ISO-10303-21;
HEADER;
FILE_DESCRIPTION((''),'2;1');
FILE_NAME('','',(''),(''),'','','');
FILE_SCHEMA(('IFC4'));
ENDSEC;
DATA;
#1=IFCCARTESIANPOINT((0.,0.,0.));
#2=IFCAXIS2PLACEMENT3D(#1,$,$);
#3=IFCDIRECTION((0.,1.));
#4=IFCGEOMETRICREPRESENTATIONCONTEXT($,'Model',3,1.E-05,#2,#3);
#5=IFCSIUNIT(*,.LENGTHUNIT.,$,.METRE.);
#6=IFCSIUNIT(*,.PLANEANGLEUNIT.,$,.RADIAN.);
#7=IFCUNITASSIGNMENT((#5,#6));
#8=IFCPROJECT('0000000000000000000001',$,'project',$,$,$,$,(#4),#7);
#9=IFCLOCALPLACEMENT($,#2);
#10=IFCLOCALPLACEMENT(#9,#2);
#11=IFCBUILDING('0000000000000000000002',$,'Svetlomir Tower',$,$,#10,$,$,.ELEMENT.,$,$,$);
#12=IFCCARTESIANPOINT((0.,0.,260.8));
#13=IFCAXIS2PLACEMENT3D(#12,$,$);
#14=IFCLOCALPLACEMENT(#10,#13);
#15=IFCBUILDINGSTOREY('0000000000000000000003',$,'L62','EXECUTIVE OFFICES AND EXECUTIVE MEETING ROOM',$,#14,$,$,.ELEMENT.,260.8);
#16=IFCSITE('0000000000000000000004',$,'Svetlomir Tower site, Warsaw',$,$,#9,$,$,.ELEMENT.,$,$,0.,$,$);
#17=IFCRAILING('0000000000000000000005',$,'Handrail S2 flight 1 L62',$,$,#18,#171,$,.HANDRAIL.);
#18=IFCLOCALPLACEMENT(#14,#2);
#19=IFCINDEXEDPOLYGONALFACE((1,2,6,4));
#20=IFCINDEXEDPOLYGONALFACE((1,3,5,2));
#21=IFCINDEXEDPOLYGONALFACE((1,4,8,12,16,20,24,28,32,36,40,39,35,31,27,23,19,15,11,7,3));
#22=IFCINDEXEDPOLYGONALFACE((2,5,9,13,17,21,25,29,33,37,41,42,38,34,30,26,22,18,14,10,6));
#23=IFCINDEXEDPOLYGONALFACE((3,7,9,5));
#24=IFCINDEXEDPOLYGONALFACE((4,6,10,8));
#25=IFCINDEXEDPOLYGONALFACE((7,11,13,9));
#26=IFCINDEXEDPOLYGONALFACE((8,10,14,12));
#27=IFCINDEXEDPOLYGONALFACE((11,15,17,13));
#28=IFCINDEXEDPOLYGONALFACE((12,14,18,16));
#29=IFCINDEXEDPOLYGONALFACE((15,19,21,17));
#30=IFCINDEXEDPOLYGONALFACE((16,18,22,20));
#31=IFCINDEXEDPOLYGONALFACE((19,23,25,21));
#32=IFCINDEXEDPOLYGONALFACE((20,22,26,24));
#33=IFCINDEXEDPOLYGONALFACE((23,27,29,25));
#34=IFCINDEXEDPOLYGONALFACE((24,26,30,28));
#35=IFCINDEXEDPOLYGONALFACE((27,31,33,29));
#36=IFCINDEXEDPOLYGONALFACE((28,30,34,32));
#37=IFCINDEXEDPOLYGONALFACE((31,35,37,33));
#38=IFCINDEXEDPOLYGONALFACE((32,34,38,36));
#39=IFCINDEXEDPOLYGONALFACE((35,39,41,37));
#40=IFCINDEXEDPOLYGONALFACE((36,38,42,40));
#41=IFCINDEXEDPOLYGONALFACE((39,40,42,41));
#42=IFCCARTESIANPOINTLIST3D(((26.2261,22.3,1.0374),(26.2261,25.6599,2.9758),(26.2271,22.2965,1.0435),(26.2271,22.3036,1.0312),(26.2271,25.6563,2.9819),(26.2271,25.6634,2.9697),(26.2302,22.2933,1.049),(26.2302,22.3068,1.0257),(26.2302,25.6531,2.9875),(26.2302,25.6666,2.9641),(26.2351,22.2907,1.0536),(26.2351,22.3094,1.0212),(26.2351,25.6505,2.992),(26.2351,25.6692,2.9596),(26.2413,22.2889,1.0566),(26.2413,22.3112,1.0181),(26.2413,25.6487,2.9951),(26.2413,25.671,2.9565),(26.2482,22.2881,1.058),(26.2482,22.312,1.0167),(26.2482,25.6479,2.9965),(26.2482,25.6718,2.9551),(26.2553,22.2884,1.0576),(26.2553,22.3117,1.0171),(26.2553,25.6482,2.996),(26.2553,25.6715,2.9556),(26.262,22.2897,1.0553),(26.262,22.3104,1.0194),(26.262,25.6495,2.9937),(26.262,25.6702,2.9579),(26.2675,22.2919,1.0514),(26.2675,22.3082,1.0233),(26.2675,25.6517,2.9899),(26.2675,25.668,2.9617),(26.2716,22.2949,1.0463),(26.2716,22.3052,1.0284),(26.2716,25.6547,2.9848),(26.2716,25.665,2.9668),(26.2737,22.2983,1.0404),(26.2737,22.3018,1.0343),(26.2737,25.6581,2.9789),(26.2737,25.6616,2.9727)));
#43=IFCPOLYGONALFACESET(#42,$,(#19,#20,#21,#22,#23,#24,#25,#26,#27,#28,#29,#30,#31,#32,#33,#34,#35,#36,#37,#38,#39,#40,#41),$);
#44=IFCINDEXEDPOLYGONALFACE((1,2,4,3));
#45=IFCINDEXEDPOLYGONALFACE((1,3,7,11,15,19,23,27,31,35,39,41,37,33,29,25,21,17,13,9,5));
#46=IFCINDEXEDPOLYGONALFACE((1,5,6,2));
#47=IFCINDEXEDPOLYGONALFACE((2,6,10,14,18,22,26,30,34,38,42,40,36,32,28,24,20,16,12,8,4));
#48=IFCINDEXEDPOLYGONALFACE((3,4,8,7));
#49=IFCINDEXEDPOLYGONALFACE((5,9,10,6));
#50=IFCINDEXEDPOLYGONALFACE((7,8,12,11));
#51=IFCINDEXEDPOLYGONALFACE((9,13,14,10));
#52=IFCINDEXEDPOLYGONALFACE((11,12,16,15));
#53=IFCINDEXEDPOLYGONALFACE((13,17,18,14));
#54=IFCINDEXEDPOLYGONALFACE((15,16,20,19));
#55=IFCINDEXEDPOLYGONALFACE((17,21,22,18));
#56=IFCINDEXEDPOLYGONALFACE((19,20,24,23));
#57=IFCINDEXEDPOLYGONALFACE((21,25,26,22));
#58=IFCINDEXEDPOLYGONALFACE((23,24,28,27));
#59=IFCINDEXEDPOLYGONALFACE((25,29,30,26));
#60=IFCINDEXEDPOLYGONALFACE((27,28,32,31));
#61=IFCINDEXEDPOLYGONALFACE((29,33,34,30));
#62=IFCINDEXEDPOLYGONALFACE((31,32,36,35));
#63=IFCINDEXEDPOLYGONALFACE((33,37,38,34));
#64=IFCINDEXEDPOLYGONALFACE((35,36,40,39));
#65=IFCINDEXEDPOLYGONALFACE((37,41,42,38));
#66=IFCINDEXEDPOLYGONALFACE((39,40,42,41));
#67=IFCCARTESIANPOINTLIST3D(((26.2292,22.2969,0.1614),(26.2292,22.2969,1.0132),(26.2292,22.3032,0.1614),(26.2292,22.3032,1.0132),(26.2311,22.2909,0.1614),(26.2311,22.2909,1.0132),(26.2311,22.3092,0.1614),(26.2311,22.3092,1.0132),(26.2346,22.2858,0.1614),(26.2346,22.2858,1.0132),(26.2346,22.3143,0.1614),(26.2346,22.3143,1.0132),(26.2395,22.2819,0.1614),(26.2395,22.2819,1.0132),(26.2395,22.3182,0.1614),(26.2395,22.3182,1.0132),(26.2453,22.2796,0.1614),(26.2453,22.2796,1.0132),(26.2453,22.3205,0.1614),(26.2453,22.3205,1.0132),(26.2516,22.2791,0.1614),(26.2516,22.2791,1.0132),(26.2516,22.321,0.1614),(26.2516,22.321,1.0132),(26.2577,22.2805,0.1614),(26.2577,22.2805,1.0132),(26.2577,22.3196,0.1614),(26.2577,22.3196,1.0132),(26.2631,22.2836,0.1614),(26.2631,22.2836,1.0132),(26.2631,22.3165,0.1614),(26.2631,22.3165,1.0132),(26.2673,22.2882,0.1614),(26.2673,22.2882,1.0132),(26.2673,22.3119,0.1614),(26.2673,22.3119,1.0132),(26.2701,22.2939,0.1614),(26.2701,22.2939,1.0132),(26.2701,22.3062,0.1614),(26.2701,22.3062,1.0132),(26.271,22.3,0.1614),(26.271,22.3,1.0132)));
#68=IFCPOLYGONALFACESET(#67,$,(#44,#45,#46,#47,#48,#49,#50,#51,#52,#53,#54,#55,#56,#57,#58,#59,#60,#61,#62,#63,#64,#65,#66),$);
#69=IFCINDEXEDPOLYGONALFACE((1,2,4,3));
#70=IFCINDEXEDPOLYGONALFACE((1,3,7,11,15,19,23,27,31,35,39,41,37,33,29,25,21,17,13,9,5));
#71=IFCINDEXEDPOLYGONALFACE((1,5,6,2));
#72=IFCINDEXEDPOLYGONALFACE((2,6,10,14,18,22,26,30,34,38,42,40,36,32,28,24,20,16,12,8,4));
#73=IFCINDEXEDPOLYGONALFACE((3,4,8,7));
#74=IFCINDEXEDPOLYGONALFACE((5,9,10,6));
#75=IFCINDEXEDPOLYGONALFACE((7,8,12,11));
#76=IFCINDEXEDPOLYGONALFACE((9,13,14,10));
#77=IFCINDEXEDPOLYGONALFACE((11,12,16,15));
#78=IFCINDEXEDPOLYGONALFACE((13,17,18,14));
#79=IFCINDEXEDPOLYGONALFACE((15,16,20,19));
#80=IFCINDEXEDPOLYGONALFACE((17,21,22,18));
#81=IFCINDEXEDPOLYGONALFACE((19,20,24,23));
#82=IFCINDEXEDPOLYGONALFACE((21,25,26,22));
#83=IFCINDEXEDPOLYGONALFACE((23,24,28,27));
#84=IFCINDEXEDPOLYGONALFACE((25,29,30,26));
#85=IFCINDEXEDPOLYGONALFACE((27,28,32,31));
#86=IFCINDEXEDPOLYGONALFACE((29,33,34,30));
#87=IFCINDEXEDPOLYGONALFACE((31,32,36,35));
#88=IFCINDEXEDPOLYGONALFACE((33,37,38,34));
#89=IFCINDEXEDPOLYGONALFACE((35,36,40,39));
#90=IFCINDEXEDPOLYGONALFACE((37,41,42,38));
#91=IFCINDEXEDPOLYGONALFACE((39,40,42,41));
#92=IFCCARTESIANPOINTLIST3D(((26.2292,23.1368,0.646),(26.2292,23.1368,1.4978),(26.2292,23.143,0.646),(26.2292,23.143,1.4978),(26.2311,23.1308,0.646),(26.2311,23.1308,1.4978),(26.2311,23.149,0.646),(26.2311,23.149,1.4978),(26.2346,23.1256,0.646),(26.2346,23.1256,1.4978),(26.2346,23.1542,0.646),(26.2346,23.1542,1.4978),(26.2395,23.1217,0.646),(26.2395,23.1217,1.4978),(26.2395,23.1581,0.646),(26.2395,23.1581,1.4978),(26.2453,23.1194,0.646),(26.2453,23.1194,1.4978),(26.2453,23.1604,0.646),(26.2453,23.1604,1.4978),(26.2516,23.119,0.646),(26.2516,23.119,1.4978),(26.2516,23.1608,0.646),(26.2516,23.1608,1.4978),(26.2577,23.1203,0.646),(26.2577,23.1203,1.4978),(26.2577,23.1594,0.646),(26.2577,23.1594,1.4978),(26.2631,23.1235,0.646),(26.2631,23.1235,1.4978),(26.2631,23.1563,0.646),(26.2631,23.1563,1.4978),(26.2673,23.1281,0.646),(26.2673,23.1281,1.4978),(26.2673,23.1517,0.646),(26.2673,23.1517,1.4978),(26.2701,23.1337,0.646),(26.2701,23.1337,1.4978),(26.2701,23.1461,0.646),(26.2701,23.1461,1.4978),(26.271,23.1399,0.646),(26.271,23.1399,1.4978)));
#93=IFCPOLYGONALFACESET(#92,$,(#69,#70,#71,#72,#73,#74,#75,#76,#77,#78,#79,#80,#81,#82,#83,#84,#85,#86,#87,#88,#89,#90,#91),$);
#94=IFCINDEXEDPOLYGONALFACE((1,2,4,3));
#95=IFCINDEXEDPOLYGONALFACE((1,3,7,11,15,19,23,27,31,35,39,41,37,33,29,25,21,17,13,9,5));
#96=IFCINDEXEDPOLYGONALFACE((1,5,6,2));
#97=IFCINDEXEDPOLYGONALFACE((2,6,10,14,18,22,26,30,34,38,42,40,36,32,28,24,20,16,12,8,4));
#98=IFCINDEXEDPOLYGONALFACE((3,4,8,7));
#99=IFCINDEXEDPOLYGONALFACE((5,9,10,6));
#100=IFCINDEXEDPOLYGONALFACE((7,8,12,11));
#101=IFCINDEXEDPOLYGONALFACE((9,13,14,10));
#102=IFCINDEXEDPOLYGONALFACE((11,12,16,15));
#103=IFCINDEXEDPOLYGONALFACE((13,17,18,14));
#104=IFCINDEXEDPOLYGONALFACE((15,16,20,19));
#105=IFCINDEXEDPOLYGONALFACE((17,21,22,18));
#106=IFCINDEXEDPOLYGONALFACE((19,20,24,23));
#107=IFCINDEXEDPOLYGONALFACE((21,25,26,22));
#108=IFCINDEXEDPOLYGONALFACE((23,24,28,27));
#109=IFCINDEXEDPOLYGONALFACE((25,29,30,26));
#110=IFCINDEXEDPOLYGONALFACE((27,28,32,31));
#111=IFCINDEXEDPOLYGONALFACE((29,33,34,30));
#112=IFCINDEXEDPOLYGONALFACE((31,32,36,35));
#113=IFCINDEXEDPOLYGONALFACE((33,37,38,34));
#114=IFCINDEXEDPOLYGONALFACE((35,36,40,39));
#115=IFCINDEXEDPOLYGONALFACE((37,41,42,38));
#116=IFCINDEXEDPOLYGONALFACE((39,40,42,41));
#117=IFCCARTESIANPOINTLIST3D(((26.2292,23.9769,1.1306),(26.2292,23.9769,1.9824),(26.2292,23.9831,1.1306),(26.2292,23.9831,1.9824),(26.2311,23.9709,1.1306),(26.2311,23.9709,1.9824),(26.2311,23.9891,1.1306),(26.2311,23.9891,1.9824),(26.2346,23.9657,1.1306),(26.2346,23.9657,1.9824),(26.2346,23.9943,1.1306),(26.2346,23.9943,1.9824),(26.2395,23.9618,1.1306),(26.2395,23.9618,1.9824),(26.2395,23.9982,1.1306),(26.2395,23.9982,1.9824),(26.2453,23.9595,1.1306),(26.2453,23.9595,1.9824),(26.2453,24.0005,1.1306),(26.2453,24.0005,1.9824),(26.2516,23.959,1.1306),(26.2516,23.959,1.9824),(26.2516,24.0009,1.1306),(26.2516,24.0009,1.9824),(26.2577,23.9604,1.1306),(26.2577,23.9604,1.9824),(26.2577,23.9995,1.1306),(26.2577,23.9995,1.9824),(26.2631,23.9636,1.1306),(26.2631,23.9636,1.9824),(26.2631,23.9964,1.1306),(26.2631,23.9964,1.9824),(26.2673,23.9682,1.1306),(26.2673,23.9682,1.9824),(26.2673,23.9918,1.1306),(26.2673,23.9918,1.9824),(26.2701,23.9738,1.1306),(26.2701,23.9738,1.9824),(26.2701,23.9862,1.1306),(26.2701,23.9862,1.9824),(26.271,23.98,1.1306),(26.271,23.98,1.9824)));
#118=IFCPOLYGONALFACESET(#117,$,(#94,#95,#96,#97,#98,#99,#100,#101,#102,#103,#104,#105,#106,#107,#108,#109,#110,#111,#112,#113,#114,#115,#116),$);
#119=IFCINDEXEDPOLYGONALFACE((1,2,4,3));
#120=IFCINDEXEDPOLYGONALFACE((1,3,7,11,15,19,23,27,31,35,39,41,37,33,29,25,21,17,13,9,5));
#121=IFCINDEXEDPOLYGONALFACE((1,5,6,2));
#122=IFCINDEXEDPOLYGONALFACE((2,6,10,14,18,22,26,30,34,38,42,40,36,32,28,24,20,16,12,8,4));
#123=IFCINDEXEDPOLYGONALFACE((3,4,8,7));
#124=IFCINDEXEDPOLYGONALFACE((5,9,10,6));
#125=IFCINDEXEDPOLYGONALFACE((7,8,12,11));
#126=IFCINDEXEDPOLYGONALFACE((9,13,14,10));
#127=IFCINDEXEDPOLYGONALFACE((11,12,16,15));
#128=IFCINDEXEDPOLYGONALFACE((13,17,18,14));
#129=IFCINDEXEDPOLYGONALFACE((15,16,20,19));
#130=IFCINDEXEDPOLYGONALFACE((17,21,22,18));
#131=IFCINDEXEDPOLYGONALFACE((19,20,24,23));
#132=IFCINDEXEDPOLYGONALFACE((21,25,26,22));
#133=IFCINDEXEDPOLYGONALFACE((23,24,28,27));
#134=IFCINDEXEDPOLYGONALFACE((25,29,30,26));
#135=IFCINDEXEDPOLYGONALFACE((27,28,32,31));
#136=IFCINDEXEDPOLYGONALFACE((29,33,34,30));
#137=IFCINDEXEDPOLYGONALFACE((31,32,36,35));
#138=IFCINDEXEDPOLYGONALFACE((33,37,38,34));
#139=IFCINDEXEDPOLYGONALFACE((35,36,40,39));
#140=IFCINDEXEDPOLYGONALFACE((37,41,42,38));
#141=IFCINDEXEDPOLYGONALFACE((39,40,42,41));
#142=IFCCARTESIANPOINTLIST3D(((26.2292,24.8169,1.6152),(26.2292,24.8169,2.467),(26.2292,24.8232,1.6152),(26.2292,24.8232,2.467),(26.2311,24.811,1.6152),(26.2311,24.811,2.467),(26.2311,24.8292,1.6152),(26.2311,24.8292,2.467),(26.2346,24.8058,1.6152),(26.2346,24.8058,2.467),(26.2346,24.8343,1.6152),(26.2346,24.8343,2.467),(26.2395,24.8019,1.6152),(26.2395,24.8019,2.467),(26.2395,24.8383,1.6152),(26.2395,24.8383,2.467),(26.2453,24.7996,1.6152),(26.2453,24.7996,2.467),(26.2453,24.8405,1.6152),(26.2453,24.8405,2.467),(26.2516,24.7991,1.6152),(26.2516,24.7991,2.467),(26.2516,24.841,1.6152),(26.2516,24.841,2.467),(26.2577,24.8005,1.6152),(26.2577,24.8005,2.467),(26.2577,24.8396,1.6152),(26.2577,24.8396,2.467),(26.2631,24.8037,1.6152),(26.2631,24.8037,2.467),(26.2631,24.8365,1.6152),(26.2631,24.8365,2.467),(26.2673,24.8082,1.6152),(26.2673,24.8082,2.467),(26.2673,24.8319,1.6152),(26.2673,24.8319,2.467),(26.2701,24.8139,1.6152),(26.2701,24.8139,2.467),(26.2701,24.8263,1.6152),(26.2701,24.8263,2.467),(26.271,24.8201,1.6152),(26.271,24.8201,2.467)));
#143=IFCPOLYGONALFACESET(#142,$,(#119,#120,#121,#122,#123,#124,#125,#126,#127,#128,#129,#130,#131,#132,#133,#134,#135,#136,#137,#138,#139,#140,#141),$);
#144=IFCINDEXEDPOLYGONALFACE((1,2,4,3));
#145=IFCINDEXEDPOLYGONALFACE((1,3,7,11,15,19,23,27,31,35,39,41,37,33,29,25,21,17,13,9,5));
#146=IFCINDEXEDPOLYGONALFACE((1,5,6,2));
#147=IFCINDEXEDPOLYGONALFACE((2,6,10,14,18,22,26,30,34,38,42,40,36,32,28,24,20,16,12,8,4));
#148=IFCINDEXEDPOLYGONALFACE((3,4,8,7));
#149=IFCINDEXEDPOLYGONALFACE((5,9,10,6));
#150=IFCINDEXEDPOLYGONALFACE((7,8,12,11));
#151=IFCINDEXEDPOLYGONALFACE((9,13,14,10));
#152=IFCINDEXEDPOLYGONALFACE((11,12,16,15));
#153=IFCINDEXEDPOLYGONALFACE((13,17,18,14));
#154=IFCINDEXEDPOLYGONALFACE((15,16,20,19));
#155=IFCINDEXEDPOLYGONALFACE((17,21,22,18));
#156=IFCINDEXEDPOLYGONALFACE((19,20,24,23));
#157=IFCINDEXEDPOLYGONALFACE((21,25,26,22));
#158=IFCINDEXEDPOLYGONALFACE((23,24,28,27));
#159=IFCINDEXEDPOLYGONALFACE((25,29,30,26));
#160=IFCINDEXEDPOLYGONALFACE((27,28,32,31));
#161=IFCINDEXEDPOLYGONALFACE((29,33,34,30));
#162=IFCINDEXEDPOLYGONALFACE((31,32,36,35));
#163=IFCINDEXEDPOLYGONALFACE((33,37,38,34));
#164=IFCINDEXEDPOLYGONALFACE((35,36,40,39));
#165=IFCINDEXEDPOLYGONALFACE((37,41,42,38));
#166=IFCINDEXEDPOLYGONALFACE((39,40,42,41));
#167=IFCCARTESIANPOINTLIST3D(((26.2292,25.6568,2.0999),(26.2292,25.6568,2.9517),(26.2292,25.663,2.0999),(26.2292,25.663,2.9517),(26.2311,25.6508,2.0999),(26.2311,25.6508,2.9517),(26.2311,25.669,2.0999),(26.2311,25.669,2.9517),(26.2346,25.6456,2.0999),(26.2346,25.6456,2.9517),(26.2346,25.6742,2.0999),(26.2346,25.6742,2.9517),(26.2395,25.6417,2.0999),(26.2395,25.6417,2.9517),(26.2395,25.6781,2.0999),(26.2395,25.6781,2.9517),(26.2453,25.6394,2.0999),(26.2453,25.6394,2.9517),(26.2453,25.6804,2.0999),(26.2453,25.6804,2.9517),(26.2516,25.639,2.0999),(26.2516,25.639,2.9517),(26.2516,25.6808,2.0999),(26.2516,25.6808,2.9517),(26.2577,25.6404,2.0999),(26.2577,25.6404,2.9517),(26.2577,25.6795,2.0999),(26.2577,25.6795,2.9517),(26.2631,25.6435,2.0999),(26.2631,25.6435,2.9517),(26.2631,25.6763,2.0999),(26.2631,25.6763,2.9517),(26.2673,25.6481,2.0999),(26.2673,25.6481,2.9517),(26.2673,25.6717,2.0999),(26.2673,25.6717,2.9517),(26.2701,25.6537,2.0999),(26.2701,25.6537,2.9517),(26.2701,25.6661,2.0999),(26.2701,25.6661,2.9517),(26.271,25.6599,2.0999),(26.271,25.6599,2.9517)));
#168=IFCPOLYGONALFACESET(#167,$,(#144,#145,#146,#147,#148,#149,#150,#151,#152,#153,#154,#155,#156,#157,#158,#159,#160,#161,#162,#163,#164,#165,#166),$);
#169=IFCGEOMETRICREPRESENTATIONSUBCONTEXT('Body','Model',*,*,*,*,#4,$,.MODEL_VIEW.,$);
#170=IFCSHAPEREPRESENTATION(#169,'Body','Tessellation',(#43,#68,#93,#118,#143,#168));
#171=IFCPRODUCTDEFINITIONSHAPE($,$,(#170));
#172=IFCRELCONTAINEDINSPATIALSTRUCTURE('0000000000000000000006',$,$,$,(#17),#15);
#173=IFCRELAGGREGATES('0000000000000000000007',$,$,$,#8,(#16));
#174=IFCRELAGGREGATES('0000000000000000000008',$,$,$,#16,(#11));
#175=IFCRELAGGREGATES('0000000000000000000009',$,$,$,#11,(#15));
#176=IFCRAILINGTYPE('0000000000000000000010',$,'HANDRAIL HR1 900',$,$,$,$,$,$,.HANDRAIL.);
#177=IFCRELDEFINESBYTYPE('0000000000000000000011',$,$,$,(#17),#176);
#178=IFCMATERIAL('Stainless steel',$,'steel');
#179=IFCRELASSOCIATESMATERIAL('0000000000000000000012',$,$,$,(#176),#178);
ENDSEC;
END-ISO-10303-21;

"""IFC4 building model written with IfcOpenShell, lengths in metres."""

from ifc_helpers import new_model, si_unit, direction, frame, origin, origin_2d, place, context, subcontext, project, spatial, circle, extrude, material, type_object, element, save


model = new_model("IFC4")

# Units and contexts
model_context = context("Model", 3, precision=1e-05, world=origin(), true_north=direction((0.0, 1.0)))
body_context = subcontext(model_context, "Body", "Model", "MODEL_VIEW")
ifc_project = project(units=[si_unit("LENGTHUNIT", "METRE"), si_unit("PLANEANGLEUNIT", "RADIAN")], contexts=[model_context])

# Site, building, storey
site_placement = place(None, origin())
site = spatial("IfcSite", under=ifc_project, at=site_placement, Name="Svetlomir Tower site, Warsaw", CompositionType="ELEMENT", RefElevation=0.0)
building_placement = place(site_placement, origin())
building = spatial("IfcBuilding", under=site, at=building_placement, Name="Svetlomir Tower", CompositionType="ELEMENT")
storey_placement = place(building_placement, frame((0.0, 0.0, 260.8)))
storey = spatial("IfcBuildingStorey", under=building, at=storey_placement, Name="L62", Description="EXECUTIVE OFFICES AND EXECUTIVE MEETING ROOM", CompositionType="ELEMENT", Elevation=260.8)

# Railing
ifc_material_1 = material(Name="Stainless steel", Category="steel")
railing_type = type_object("IfcRailingType", Name="HANDRAIL HR1 900", PredefinedType="HANDRAIL", material=ifc_material_1)
railing_1_placement = place(storey_placement, frame((26.25, 22.3, 0.1614)))
element("IfcRailing", 1, at=railing_1_placement, inside=storey, type_object=railing_type, Name="Handrail S2 flight 1 L62", PredefinedType="HANDRAIL", context=body_context, shape_type="SweptSolid", body=[
    extrude(circle(Radius=0.0239, at=origin_2d()), frame((0.0, 0.0, 0.876), z_axis=(0.0, 0.866175, 0.499741), x_axis=(-1.0, 0.0, 0.0)), (0.0, 0.0, 1.0), 3.8789),
    extrude(circle(Radius=0.021, at=origin_2d()), origin(), (0.0, 0.0, 1.0), 0.8518),
    extrude(circle(Radius=0.021, at=origin_2d()), frame((0.0, 0.8398, 0.4846)), (0.0, 0.0, 1.0), 0.8518),
    extrude(circle(Radius=0.021, at=origin_2d()), frame((0.0, 1.6799, 0.9692)), (0.0, 0.0, 1.0), 0.8518),
    extrude(circle(Radius=0.021, at=origin_2d()), frame((0.0, 2.52, 1.4539)), (0.0, 0.0, 1.0), 0.8518),
    extrude(circle(Radius=0.021, at=origin_2d()), frame((0.0, 3.3599, 1.9385)), (0.0, 0.0, 1.0), 0.8518),
])

save(model, "model.ifc")
